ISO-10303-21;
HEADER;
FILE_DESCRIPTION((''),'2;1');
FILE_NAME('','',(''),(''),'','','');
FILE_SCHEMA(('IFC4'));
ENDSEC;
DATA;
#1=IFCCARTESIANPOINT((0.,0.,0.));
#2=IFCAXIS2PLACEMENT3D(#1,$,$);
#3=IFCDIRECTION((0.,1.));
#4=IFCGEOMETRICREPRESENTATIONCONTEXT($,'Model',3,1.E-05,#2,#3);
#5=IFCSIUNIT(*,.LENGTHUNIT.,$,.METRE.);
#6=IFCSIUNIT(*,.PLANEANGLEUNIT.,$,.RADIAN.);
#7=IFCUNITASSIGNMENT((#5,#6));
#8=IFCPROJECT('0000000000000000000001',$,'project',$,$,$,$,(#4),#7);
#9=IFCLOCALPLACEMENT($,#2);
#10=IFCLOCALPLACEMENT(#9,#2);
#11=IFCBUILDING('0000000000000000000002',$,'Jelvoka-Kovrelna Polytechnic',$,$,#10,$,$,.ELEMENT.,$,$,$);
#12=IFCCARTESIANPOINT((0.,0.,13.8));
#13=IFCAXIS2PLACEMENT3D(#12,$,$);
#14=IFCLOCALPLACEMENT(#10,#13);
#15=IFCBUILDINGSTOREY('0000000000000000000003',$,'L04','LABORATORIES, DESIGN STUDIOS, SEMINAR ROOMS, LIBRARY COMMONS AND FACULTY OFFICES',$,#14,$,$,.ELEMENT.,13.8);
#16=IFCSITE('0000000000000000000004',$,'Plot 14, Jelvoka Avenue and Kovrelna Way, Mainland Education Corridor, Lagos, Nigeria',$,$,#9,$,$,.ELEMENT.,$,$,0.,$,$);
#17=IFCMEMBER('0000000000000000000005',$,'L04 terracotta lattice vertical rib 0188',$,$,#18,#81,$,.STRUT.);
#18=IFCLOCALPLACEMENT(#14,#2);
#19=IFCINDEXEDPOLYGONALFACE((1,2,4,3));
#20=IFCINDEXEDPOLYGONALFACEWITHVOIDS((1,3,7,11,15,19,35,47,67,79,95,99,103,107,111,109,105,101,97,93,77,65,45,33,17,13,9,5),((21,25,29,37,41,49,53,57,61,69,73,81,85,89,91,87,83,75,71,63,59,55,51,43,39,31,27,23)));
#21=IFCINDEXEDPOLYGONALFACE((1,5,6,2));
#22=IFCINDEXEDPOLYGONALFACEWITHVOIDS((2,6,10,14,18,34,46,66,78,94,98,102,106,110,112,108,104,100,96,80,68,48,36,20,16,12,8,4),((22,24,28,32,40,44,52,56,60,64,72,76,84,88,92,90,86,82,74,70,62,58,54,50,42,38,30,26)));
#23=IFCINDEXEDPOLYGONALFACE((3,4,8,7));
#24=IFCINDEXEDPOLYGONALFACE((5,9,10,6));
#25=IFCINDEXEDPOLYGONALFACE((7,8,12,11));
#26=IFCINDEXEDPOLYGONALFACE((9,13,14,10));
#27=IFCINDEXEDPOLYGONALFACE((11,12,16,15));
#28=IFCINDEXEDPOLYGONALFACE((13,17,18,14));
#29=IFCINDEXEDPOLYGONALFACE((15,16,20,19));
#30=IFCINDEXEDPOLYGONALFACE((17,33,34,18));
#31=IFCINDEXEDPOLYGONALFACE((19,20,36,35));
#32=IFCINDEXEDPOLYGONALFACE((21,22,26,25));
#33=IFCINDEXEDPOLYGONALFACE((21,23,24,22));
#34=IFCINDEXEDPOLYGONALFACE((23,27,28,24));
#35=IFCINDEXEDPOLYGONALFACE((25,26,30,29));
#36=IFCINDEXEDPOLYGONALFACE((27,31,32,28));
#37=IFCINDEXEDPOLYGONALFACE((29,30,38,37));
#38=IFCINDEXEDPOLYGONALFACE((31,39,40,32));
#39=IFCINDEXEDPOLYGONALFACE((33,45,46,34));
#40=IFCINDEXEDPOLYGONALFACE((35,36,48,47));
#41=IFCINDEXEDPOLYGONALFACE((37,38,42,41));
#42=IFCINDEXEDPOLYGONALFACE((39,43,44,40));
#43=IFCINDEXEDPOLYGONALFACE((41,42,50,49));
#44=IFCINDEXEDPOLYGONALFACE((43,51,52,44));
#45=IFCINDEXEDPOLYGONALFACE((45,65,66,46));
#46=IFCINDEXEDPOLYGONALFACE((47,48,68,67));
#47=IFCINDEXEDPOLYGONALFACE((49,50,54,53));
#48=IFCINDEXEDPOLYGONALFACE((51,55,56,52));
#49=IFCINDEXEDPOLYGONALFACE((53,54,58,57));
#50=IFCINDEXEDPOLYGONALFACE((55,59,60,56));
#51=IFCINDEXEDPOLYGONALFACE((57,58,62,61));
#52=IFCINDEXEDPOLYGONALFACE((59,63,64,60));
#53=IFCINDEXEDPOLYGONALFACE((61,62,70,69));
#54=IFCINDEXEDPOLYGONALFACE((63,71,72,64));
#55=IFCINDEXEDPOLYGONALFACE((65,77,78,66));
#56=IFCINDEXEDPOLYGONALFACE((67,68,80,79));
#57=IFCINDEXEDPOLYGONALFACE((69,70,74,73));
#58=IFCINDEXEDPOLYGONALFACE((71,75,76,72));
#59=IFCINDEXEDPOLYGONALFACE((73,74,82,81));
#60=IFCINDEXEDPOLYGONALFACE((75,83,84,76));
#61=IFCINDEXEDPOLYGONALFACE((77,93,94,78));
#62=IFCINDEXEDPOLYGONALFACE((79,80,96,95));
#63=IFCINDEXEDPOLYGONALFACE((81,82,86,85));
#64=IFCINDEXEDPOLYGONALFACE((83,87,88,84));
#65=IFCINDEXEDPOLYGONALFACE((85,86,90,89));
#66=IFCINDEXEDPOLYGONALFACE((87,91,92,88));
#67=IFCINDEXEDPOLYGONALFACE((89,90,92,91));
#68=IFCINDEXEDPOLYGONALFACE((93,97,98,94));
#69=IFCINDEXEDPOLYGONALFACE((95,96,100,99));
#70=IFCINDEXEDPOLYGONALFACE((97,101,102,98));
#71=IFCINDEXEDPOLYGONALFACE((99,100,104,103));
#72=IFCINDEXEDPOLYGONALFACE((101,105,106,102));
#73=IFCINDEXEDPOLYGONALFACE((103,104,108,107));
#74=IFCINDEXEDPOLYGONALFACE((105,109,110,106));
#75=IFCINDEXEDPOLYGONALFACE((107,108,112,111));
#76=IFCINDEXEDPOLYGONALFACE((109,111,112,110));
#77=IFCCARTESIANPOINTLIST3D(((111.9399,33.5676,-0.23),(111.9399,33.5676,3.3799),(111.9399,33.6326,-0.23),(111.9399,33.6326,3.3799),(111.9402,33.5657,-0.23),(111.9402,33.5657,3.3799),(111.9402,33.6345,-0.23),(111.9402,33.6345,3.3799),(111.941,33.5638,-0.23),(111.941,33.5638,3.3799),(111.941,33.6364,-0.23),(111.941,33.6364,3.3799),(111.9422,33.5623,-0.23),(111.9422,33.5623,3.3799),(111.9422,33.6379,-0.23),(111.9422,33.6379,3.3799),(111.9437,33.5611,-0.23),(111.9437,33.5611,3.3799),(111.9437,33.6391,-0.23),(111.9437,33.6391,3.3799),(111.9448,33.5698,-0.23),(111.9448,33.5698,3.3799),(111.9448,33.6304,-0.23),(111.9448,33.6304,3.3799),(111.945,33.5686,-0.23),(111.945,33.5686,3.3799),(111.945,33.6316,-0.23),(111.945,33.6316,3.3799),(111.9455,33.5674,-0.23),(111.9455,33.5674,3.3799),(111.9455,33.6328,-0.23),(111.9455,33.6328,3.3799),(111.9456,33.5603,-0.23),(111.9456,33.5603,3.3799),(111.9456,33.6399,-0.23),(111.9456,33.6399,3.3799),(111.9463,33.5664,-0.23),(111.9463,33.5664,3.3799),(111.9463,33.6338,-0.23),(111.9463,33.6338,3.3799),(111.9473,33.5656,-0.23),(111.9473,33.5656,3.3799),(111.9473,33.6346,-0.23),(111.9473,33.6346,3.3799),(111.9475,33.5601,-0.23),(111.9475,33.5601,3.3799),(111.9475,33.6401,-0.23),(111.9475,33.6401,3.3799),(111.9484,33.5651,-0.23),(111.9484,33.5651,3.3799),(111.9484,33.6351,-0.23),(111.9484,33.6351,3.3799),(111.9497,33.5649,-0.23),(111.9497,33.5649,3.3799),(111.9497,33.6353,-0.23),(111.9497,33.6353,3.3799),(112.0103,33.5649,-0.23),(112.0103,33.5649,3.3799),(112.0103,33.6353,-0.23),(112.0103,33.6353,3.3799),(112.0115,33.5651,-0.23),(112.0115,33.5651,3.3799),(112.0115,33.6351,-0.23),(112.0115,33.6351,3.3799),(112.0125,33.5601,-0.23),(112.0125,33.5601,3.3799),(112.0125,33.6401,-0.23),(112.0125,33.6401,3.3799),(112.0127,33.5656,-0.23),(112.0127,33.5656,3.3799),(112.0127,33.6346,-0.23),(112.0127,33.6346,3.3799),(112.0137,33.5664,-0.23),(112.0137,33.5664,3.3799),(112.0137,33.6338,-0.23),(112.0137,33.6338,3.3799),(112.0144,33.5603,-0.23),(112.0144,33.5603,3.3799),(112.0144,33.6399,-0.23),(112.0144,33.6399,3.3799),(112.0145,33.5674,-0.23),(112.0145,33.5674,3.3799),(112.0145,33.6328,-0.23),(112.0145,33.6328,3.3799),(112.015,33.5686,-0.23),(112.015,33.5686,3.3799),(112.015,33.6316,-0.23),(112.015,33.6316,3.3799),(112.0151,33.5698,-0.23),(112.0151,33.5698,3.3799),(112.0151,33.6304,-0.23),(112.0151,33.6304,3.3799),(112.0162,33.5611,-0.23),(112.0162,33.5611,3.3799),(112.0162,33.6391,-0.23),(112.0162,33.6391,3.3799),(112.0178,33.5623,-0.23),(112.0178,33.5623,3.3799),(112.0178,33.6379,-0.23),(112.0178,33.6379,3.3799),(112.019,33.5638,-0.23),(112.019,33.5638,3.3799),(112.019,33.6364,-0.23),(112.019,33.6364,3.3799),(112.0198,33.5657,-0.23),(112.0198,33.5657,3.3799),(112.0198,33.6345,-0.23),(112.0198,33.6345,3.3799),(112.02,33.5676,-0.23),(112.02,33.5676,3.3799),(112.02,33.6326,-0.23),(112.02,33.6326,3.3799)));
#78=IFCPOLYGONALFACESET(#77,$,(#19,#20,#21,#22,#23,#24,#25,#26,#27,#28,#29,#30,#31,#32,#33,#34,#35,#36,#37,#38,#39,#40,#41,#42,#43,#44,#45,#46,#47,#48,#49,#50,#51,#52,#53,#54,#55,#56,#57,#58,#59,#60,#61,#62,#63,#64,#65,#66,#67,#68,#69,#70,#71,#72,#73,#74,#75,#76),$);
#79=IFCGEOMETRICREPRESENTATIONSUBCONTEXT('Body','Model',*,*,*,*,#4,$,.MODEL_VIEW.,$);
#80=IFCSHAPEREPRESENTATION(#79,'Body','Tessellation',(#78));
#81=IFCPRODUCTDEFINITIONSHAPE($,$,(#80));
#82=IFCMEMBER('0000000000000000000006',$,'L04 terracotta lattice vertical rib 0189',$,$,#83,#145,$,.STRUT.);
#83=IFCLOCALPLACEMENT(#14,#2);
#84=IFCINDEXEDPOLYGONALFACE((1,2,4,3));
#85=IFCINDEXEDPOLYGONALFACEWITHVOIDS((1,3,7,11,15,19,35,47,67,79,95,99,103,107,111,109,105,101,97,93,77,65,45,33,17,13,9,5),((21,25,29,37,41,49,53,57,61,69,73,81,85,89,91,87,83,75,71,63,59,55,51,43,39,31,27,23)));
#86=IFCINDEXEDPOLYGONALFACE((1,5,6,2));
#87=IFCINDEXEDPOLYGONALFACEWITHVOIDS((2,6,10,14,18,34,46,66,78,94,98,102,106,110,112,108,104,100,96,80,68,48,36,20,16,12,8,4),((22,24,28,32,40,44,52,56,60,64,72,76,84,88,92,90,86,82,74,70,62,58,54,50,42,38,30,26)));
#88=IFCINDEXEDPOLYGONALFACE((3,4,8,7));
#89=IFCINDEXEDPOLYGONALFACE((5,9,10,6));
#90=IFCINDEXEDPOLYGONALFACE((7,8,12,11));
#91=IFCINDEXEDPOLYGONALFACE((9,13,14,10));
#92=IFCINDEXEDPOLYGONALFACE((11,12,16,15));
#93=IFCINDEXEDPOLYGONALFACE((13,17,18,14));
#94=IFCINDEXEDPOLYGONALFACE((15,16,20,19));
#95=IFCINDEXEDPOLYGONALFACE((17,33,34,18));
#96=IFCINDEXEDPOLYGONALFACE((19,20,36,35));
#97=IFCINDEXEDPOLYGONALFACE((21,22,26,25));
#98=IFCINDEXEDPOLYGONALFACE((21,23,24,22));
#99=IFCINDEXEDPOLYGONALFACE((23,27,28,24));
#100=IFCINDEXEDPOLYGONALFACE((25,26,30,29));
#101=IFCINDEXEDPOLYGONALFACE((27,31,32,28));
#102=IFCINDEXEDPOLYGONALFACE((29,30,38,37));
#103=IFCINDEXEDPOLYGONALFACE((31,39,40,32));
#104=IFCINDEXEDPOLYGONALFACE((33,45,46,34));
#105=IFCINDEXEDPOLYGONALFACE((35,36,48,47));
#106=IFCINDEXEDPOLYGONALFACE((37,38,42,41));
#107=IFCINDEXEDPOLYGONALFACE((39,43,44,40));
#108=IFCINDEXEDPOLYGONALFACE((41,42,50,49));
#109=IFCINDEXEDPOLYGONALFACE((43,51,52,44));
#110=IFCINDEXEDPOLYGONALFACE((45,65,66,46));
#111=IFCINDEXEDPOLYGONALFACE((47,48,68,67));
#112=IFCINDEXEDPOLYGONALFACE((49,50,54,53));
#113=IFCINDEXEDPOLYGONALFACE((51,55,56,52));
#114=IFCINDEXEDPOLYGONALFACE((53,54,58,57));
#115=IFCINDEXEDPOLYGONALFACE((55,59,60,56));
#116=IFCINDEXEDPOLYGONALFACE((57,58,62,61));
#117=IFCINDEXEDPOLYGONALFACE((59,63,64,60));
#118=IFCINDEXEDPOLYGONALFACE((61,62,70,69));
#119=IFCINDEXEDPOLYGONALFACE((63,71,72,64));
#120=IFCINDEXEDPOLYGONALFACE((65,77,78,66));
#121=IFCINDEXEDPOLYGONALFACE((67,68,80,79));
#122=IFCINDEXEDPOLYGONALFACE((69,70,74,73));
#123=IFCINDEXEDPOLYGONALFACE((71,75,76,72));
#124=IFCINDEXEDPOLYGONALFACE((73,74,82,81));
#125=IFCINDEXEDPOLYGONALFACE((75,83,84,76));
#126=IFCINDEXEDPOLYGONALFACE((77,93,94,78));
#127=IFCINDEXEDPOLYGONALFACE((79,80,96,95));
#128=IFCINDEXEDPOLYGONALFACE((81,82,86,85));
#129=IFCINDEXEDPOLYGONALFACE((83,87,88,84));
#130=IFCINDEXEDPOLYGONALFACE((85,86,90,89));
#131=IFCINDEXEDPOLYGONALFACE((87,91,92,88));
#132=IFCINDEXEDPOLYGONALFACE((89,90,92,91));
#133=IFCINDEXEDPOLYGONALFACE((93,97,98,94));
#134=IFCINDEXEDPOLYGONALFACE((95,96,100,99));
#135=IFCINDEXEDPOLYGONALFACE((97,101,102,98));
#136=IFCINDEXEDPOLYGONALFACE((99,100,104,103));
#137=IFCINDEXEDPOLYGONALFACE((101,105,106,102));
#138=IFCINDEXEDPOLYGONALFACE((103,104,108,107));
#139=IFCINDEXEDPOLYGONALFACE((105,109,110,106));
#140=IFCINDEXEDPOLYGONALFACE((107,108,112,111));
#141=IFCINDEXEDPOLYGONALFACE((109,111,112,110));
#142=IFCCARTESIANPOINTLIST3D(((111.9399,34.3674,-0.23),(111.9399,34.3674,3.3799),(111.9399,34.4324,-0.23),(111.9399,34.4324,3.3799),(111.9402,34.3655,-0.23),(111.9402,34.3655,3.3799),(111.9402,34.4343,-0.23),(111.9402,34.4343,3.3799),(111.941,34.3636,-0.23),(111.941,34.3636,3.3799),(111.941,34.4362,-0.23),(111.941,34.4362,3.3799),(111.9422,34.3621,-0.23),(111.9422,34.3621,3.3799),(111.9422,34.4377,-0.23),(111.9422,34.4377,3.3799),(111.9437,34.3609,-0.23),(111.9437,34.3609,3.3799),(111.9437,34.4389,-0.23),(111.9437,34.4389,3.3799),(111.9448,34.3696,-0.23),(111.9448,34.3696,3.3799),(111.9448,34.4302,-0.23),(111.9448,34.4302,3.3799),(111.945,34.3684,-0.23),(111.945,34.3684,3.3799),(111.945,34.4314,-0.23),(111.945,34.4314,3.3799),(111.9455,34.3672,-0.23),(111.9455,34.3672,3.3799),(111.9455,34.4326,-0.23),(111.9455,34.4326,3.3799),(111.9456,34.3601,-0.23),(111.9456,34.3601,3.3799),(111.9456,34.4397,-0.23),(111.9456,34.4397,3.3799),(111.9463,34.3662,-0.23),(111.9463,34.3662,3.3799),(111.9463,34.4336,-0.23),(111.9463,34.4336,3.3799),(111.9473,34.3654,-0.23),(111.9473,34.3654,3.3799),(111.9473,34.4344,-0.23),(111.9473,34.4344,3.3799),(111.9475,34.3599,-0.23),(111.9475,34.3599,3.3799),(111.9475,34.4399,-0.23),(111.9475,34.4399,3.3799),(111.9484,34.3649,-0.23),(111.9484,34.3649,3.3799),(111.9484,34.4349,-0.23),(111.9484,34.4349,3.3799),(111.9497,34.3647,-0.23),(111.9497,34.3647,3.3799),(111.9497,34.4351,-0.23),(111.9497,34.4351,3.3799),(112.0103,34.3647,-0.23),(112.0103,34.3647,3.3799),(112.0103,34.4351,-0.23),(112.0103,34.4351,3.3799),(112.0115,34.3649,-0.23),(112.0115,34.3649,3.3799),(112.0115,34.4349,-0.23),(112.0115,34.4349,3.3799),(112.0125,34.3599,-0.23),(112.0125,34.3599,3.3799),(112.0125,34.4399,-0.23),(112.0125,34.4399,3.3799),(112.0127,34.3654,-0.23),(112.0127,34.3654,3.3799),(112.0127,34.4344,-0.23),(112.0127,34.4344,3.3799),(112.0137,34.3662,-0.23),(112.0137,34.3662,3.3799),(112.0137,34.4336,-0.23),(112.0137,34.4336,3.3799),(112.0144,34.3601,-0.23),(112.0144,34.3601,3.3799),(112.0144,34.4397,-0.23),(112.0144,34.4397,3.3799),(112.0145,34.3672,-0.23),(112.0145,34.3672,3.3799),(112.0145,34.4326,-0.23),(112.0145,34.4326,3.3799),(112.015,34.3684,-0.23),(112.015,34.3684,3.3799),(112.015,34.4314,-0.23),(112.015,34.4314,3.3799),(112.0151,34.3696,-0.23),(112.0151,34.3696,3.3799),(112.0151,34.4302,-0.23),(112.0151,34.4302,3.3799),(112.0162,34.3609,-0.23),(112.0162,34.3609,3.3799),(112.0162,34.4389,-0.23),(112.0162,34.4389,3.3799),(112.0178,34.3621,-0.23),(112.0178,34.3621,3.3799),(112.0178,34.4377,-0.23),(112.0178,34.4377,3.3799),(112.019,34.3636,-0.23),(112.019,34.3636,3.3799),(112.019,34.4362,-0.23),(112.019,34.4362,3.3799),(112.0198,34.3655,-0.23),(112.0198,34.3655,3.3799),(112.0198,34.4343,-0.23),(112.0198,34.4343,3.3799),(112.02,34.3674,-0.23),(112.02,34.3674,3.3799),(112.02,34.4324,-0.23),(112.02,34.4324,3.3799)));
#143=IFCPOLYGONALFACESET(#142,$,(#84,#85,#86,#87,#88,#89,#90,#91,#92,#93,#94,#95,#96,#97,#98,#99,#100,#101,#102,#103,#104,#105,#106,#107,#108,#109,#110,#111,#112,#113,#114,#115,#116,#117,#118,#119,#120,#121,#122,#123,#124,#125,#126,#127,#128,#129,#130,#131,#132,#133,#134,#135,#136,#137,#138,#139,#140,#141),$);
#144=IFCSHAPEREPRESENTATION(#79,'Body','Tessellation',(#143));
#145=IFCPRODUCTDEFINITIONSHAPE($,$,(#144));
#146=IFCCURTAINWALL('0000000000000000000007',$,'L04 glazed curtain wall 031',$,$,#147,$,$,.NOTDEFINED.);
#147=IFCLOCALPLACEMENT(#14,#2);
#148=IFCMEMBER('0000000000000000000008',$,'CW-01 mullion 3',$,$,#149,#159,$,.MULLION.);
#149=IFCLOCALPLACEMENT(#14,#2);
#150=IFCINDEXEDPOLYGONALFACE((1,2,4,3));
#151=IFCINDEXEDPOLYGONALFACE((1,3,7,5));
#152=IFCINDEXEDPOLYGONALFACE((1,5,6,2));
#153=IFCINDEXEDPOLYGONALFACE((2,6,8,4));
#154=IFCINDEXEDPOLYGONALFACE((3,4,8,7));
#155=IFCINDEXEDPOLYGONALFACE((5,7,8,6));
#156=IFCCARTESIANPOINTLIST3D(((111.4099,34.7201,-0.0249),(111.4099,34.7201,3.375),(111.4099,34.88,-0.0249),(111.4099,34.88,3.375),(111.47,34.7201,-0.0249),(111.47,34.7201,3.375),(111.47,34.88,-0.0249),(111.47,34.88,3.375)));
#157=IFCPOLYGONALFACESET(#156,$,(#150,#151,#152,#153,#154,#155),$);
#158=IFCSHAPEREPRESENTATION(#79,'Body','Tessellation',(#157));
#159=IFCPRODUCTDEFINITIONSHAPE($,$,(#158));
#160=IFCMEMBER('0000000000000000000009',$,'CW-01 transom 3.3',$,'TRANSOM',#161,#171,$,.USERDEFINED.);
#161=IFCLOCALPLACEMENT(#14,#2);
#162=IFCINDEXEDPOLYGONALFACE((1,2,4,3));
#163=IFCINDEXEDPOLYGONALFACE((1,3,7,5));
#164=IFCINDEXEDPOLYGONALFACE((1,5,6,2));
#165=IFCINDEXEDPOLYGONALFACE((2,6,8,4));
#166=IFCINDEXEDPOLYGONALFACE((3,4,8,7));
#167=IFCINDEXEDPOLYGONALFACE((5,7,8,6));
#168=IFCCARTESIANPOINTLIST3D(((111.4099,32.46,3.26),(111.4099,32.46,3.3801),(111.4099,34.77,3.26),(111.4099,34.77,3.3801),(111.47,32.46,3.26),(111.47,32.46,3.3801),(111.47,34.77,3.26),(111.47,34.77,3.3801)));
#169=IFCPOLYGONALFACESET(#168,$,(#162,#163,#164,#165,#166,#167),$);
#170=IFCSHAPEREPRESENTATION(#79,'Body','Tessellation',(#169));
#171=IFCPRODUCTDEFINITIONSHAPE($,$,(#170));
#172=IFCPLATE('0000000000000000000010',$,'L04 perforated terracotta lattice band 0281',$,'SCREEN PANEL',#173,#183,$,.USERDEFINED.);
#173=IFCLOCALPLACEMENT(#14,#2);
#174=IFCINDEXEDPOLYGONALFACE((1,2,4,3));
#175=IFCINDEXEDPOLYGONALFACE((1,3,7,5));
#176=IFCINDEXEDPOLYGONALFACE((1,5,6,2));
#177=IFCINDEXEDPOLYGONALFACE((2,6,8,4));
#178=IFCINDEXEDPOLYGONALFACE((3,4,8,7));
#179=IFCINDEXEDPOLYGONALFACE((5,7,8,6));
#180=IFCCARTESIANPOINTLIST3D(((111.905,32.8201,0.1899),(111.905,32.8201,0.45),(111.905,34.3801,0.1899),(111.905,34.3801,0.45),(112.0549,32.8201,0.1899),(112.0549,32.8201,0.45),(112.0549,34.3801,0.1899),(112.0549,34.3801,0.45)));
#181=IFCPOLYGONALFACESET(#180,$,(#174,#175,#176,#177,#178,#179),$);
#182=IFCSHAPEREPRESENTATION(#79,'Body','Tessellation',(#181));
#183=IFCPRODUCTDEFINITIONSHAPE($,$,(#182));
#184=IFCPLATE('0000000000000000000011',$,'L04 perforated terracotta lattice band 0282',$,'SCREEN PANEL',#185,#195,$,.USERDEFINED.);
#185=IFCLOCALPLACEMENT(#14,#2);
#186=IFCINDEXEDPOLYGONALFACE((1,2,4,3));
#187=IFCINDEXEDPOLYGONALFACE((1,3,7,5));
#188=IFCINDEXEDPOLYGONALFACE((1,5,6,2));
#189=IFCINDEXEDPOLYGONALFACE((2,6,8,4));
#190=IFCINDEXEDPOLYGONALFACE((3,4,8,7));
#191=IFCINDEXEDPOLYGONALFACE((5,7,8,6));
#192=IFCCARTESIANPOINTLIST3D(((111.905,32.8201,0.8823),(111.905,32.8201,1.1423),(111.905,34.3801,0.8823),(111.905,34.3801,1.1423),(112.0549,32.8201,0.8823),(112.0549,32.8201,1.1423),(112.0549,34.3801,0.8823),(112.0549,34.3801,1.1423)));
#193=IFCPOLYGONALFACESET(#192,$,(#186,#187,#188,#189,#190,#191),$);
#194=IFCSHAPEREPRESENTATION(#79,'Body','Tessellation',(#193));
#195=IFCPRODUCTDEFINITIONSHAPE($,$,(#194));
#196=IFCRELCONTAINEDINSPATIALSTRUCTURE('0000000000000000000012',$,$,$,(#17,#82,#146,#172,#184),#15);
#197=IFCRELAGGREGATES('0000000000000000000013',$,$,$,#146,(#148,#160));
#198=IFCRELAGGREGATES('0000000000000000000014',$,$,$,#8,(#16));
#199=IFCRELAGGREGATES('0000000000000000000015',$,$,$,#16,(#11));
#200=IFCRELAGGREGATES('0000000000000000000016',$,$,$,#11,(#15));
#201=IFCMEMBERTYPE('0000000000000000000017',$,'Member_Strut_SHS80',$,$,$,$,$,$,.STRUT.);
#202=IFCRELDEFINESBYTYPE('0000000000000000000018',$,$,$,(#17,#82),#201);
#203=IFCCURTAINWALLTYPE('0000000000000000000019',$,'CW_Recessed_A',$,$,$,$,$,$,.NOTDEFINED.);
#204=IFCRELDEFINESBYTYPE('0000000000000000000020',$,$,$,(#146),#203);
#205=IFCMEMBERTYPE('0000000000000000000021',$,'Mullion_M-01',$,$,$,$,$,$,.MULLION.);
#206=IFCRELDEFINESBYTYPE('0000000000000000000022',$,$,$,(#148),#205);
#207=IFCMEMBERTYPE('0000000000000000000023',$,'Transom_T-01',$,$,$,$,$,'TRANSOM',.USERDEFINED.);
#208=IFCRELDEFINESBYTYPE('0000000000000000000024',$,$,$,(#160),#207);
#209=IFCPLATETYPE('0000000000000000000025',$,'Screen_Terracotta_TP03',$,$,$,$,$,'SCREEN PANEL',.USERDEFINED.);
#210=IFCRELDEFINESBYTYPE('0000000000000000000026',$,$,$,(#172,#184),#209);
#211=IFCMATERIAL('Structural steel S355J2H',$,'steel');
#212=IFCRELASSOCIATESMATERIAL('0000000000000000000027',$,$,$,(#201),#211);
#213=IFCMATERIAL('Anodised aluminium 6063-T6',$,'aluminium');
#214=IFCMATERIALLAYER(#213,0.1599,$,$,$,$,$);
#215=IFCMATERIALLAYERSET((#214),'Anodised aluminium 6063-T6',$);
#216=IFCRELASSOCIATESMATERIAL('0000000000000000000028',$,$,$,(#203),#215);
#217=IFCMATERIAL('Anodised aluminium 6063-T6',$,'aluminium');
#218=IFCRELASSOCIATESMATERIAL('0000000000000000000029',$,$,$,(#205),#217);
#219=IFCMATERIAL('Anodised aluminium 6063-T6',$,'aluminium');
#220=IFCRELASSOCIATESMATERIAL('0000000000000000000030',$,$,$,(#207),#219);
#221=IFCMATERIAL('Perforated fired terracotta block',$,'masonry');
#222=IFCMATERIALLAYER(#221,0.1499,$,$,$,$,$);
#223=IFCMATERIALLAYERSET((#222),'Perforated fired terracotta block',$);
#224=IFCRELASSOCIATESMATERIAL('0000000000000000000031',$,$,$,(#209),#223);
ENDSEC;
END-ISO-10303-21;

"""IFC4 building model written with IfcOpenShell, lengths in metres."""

from ifc_helpers import new_model, si_unit, direction, frame, origin, origin_2d, place, context, subcontext, project, spatial, rectangle, hollow_rectangle, extrude, material, layer, layer_set, material_profile, profile_set, type_object, element, aggregate, save


model = new_model("IFC4")

# Units and contexts
model_context = context("Model", 3, precision=1e-05, world=origin(), true_north=direction((0.0, 1.0)))
body_context = subcontext(model_context, "Body", "Model", "MODEL_VIEW")
ifc_project = project(units=[si_unit("LENGTHUNIT", "METRE"), si_unit("PLANEANGLEUNIT", "RADIAN")], contexts=[model_context])

# Site, building, storey
site_placement = place(None, origin())
site = spatial("IfcSite", under=ifc_project, at=site_placement, Name="Plot 14, Jelvoka Avenue and Kovrelna Way, Mainland Education Corridor, Lagos, Nigeria", CompositionType="ELEMENT", RefElevation=0.0)
building_placement = place(site_placement, origin())
building = spatial("IfcBuilding", under=site, at=building_placement, Name="Jelvoka-Kovrelna Polytechnic", CompositionType="ELEMENT")
storey_placement = place(building_placement, frame((0.0, 0.0, 13.8)))
storey = spatial("IfcBuildingStorey", under=building, at=storey_placement, Name="L04", Description="LABORATORIES, DESIGN STUDIOS, SEMINAR ROOMS, LIBRARY COMMONS AND FACULTY OFFICES", CompositionType="ELEMENT", Elevation=13.8)

# Members
ifc_material_1 = material(Name="Structural steel S355J2H", Category="steel")
ifc_material_profile_1 = material_profile(ifc_material_1, hollow_rectangle(XDim=0.0801, YDim=0.0801, WallThickness=0.0049, InnerFilletRadius=0.0049, OuterFilletRadius=0.0076, at=origin_2d()), Name="80x80x5.0 SHS")
ifc_profile_set_1 = profile_set([ifc_material_profile_1], Name="Structural steel S355J2H")
member_type_1 = type_object("IfcMemberType", Name="Member_Strut_SHS80", PredefinedType="STRUT", material=ifc_profile_set_1)
for number, where, z_axis, x_axis, name in (
    (1, (111.98, 33.6001, -0.23), (0.0, 0.0, 1.0), (1.0, 0.0, 0.0), "L04 terracotta lattice vertical rib 0188"),
    (2, (111.98, 34.3999, -0.23), (0.0, 0.0, 1.0), (1.0, 0.0, 0.0), "L04 terracotta lattice vertical rib 0189"),
):
    element("IfcMember", number, at=place(storey_placement, frame(where, z_axis=z_axis, x_axis=x_axis)), inside=storey, type_object=member_type_1, Name=name, PredefinedType="STRUT", context=body_context, shape_type="SweptSolid", body=[
        extrude(hollow_rectangle(XDim=0.0801, YDim=0.0801, WallThickness=0.0049, InnerFilletRadius=0.0049, OuterFilletRadius=0.0076, at=origin_2d()), origin(), (0.0, 0.0, 1.0), 3.6099),
    ])

# Curtain wall, members
ifc_material_2 = material(Name="Anodised aluminium 6063-T6", Category="aluminium")
ifc_layer_1 = layer(ifc_material_2, 0.1599)
ifc_layer_set_1 = layer_set([ifc_layer_1], Name="Anodised aluminium 6063-T6")
curtain_wall_type = type_object("IfcCurtainWallType", Name="CW_Recessed_A", PredefinedType="NOTDEFINED", material=ifc_layer_set_1)
curtain_wall_placement = place(storey_placement, origin())
curtain_wall = element("IfcCurtainWall", 3, at=curtain_wall_placement, inside=storey, type_object=curtain_wall_type, Name="L04 glazed curtain wall 031", PredefinedType="NOTDEFINED")
ifc_material_3 = material(Name="Anodised aluminium 6063-T6", Category="aluminium")
ifc_material_profile_2 = material_profile(ifc_material_3, rectangle(XDim=0.0601, YDim=0.1599, at=origin_2d()), Name="ALU 60x160")
ifc_profile_set_2 = profile_set([ifc_material_profile_2], Name="Anodised aluminium 6063-T6")
member_type_2 = type_object("IfcMemberType", Name="Mullion_M-01", PredefinedType="MULLION", material=ifc_profile_set_2)
member_1_placement = place(storey_placement, frame((111.4399, 34.8, -0.0249), z_axis=(0.0, 0.0, 1.0), x_axis=(1.0, 0.0, 0.0)))
member_1 = element("IfcMember", 4, at=member_1_placement, type_object=member_type_2, Name="CW-01 mullion 3", PredefinedType="MULLION", context=body_context, shape_type="SweptSolid", body=[
    extrude(rectangle(XDim=0.0601, YDim=0.1599, at=origin_2d()), origin(), (0.0, 0.0, 1.0), 3.3999),
])
ifc_material_4 = material(Name="Anodised aluminium 6063-T6", Category="aluminium")
ifc_material_profile_3 = material_profile(ifc_material_4, rectangle(XDim=0.0601, YDim=0.1201, at=origin_2d()), Name="ALU 60x120")
ifc_profile_set_3 = profile_set([ifc_material_profile_3], Name="Anodised aluminium 6063-T6")
member_type_3 = type_object("IfcMemberType", Name="Transom_T-01", ElementType="TRANSOM", PredefinedType="USERDEFINED", material=ifc_profile_set_3)
member_2_placement = place(storey_placement, frame((111.4399, 34.77, 3.3201), z_axis=(0.0, -1.0, 0.0), x_axis=(1.0, 0.0, 0.0)))
member_2 = element("IfcMember", 5, at=member_2_placement, type_object=member_type_3, Name="CW-01 transom 3.3", ObjectType="TRANSOM", PredefinedType="USERDEFINED", context=body_context, shape_type="SweptSolid", body=[
    extrude(rectangle(XDim=0.0601, YDim=0.1201, at=origin_2d()), origin(), (0.0, 0.0, 1.0), 2.3101),
])
aggregate(curtain_wall, [member_1, member_2])

# Plates
ifc_material_5 = material(Name="Perforated fired terracotta block", Category="masonry")
ifc_layer_2 = layer(ifc_material_5, 0.1499)
ifc_layer_set_2 = layer_set([ifc_layer_2], Name="Perforated fired terracotta block")
plate_type = type_object("IfcPlateType", Name="Screen_Terracotta_TP03", ElementType="SCREEN PANEL", PredefinedType="USERDEFINED", material=ifc_layer_set_2)
for number, where, z_axis, x_axis, name in (
    (6, (111.98, 33.6001, 0.1899), (0.0, 0.0, 1.0), (0.0, 1.0, 0.0), "L04 perforated terracotta lattice band 0281"),
    (7, (111.98, 33.6001, 0.8823), (0.0, 0.0, 1.0), (0.0, 1.0, 0.0), "L04 perforated terracotta lattice band 0282"),
):
    element("IfcPlate", number, at=place(storey_placement, frame(where, z_axis=z_axis, x_axis=x_axis)), inside=storey, type_object=plate_type, Name=name, ObjectType="SCREEN PANEL", PredefinedType="USERDEFINED", context=body_context, shape_type="SweptSolid", body=[
        extrude(rectangle(XDim=1.5601, YDim=0.1499, at=origin_2d()), origin(), (0.0, 0.0, 1.0), 0.26),
    ])

save(model, "model.ifc")
